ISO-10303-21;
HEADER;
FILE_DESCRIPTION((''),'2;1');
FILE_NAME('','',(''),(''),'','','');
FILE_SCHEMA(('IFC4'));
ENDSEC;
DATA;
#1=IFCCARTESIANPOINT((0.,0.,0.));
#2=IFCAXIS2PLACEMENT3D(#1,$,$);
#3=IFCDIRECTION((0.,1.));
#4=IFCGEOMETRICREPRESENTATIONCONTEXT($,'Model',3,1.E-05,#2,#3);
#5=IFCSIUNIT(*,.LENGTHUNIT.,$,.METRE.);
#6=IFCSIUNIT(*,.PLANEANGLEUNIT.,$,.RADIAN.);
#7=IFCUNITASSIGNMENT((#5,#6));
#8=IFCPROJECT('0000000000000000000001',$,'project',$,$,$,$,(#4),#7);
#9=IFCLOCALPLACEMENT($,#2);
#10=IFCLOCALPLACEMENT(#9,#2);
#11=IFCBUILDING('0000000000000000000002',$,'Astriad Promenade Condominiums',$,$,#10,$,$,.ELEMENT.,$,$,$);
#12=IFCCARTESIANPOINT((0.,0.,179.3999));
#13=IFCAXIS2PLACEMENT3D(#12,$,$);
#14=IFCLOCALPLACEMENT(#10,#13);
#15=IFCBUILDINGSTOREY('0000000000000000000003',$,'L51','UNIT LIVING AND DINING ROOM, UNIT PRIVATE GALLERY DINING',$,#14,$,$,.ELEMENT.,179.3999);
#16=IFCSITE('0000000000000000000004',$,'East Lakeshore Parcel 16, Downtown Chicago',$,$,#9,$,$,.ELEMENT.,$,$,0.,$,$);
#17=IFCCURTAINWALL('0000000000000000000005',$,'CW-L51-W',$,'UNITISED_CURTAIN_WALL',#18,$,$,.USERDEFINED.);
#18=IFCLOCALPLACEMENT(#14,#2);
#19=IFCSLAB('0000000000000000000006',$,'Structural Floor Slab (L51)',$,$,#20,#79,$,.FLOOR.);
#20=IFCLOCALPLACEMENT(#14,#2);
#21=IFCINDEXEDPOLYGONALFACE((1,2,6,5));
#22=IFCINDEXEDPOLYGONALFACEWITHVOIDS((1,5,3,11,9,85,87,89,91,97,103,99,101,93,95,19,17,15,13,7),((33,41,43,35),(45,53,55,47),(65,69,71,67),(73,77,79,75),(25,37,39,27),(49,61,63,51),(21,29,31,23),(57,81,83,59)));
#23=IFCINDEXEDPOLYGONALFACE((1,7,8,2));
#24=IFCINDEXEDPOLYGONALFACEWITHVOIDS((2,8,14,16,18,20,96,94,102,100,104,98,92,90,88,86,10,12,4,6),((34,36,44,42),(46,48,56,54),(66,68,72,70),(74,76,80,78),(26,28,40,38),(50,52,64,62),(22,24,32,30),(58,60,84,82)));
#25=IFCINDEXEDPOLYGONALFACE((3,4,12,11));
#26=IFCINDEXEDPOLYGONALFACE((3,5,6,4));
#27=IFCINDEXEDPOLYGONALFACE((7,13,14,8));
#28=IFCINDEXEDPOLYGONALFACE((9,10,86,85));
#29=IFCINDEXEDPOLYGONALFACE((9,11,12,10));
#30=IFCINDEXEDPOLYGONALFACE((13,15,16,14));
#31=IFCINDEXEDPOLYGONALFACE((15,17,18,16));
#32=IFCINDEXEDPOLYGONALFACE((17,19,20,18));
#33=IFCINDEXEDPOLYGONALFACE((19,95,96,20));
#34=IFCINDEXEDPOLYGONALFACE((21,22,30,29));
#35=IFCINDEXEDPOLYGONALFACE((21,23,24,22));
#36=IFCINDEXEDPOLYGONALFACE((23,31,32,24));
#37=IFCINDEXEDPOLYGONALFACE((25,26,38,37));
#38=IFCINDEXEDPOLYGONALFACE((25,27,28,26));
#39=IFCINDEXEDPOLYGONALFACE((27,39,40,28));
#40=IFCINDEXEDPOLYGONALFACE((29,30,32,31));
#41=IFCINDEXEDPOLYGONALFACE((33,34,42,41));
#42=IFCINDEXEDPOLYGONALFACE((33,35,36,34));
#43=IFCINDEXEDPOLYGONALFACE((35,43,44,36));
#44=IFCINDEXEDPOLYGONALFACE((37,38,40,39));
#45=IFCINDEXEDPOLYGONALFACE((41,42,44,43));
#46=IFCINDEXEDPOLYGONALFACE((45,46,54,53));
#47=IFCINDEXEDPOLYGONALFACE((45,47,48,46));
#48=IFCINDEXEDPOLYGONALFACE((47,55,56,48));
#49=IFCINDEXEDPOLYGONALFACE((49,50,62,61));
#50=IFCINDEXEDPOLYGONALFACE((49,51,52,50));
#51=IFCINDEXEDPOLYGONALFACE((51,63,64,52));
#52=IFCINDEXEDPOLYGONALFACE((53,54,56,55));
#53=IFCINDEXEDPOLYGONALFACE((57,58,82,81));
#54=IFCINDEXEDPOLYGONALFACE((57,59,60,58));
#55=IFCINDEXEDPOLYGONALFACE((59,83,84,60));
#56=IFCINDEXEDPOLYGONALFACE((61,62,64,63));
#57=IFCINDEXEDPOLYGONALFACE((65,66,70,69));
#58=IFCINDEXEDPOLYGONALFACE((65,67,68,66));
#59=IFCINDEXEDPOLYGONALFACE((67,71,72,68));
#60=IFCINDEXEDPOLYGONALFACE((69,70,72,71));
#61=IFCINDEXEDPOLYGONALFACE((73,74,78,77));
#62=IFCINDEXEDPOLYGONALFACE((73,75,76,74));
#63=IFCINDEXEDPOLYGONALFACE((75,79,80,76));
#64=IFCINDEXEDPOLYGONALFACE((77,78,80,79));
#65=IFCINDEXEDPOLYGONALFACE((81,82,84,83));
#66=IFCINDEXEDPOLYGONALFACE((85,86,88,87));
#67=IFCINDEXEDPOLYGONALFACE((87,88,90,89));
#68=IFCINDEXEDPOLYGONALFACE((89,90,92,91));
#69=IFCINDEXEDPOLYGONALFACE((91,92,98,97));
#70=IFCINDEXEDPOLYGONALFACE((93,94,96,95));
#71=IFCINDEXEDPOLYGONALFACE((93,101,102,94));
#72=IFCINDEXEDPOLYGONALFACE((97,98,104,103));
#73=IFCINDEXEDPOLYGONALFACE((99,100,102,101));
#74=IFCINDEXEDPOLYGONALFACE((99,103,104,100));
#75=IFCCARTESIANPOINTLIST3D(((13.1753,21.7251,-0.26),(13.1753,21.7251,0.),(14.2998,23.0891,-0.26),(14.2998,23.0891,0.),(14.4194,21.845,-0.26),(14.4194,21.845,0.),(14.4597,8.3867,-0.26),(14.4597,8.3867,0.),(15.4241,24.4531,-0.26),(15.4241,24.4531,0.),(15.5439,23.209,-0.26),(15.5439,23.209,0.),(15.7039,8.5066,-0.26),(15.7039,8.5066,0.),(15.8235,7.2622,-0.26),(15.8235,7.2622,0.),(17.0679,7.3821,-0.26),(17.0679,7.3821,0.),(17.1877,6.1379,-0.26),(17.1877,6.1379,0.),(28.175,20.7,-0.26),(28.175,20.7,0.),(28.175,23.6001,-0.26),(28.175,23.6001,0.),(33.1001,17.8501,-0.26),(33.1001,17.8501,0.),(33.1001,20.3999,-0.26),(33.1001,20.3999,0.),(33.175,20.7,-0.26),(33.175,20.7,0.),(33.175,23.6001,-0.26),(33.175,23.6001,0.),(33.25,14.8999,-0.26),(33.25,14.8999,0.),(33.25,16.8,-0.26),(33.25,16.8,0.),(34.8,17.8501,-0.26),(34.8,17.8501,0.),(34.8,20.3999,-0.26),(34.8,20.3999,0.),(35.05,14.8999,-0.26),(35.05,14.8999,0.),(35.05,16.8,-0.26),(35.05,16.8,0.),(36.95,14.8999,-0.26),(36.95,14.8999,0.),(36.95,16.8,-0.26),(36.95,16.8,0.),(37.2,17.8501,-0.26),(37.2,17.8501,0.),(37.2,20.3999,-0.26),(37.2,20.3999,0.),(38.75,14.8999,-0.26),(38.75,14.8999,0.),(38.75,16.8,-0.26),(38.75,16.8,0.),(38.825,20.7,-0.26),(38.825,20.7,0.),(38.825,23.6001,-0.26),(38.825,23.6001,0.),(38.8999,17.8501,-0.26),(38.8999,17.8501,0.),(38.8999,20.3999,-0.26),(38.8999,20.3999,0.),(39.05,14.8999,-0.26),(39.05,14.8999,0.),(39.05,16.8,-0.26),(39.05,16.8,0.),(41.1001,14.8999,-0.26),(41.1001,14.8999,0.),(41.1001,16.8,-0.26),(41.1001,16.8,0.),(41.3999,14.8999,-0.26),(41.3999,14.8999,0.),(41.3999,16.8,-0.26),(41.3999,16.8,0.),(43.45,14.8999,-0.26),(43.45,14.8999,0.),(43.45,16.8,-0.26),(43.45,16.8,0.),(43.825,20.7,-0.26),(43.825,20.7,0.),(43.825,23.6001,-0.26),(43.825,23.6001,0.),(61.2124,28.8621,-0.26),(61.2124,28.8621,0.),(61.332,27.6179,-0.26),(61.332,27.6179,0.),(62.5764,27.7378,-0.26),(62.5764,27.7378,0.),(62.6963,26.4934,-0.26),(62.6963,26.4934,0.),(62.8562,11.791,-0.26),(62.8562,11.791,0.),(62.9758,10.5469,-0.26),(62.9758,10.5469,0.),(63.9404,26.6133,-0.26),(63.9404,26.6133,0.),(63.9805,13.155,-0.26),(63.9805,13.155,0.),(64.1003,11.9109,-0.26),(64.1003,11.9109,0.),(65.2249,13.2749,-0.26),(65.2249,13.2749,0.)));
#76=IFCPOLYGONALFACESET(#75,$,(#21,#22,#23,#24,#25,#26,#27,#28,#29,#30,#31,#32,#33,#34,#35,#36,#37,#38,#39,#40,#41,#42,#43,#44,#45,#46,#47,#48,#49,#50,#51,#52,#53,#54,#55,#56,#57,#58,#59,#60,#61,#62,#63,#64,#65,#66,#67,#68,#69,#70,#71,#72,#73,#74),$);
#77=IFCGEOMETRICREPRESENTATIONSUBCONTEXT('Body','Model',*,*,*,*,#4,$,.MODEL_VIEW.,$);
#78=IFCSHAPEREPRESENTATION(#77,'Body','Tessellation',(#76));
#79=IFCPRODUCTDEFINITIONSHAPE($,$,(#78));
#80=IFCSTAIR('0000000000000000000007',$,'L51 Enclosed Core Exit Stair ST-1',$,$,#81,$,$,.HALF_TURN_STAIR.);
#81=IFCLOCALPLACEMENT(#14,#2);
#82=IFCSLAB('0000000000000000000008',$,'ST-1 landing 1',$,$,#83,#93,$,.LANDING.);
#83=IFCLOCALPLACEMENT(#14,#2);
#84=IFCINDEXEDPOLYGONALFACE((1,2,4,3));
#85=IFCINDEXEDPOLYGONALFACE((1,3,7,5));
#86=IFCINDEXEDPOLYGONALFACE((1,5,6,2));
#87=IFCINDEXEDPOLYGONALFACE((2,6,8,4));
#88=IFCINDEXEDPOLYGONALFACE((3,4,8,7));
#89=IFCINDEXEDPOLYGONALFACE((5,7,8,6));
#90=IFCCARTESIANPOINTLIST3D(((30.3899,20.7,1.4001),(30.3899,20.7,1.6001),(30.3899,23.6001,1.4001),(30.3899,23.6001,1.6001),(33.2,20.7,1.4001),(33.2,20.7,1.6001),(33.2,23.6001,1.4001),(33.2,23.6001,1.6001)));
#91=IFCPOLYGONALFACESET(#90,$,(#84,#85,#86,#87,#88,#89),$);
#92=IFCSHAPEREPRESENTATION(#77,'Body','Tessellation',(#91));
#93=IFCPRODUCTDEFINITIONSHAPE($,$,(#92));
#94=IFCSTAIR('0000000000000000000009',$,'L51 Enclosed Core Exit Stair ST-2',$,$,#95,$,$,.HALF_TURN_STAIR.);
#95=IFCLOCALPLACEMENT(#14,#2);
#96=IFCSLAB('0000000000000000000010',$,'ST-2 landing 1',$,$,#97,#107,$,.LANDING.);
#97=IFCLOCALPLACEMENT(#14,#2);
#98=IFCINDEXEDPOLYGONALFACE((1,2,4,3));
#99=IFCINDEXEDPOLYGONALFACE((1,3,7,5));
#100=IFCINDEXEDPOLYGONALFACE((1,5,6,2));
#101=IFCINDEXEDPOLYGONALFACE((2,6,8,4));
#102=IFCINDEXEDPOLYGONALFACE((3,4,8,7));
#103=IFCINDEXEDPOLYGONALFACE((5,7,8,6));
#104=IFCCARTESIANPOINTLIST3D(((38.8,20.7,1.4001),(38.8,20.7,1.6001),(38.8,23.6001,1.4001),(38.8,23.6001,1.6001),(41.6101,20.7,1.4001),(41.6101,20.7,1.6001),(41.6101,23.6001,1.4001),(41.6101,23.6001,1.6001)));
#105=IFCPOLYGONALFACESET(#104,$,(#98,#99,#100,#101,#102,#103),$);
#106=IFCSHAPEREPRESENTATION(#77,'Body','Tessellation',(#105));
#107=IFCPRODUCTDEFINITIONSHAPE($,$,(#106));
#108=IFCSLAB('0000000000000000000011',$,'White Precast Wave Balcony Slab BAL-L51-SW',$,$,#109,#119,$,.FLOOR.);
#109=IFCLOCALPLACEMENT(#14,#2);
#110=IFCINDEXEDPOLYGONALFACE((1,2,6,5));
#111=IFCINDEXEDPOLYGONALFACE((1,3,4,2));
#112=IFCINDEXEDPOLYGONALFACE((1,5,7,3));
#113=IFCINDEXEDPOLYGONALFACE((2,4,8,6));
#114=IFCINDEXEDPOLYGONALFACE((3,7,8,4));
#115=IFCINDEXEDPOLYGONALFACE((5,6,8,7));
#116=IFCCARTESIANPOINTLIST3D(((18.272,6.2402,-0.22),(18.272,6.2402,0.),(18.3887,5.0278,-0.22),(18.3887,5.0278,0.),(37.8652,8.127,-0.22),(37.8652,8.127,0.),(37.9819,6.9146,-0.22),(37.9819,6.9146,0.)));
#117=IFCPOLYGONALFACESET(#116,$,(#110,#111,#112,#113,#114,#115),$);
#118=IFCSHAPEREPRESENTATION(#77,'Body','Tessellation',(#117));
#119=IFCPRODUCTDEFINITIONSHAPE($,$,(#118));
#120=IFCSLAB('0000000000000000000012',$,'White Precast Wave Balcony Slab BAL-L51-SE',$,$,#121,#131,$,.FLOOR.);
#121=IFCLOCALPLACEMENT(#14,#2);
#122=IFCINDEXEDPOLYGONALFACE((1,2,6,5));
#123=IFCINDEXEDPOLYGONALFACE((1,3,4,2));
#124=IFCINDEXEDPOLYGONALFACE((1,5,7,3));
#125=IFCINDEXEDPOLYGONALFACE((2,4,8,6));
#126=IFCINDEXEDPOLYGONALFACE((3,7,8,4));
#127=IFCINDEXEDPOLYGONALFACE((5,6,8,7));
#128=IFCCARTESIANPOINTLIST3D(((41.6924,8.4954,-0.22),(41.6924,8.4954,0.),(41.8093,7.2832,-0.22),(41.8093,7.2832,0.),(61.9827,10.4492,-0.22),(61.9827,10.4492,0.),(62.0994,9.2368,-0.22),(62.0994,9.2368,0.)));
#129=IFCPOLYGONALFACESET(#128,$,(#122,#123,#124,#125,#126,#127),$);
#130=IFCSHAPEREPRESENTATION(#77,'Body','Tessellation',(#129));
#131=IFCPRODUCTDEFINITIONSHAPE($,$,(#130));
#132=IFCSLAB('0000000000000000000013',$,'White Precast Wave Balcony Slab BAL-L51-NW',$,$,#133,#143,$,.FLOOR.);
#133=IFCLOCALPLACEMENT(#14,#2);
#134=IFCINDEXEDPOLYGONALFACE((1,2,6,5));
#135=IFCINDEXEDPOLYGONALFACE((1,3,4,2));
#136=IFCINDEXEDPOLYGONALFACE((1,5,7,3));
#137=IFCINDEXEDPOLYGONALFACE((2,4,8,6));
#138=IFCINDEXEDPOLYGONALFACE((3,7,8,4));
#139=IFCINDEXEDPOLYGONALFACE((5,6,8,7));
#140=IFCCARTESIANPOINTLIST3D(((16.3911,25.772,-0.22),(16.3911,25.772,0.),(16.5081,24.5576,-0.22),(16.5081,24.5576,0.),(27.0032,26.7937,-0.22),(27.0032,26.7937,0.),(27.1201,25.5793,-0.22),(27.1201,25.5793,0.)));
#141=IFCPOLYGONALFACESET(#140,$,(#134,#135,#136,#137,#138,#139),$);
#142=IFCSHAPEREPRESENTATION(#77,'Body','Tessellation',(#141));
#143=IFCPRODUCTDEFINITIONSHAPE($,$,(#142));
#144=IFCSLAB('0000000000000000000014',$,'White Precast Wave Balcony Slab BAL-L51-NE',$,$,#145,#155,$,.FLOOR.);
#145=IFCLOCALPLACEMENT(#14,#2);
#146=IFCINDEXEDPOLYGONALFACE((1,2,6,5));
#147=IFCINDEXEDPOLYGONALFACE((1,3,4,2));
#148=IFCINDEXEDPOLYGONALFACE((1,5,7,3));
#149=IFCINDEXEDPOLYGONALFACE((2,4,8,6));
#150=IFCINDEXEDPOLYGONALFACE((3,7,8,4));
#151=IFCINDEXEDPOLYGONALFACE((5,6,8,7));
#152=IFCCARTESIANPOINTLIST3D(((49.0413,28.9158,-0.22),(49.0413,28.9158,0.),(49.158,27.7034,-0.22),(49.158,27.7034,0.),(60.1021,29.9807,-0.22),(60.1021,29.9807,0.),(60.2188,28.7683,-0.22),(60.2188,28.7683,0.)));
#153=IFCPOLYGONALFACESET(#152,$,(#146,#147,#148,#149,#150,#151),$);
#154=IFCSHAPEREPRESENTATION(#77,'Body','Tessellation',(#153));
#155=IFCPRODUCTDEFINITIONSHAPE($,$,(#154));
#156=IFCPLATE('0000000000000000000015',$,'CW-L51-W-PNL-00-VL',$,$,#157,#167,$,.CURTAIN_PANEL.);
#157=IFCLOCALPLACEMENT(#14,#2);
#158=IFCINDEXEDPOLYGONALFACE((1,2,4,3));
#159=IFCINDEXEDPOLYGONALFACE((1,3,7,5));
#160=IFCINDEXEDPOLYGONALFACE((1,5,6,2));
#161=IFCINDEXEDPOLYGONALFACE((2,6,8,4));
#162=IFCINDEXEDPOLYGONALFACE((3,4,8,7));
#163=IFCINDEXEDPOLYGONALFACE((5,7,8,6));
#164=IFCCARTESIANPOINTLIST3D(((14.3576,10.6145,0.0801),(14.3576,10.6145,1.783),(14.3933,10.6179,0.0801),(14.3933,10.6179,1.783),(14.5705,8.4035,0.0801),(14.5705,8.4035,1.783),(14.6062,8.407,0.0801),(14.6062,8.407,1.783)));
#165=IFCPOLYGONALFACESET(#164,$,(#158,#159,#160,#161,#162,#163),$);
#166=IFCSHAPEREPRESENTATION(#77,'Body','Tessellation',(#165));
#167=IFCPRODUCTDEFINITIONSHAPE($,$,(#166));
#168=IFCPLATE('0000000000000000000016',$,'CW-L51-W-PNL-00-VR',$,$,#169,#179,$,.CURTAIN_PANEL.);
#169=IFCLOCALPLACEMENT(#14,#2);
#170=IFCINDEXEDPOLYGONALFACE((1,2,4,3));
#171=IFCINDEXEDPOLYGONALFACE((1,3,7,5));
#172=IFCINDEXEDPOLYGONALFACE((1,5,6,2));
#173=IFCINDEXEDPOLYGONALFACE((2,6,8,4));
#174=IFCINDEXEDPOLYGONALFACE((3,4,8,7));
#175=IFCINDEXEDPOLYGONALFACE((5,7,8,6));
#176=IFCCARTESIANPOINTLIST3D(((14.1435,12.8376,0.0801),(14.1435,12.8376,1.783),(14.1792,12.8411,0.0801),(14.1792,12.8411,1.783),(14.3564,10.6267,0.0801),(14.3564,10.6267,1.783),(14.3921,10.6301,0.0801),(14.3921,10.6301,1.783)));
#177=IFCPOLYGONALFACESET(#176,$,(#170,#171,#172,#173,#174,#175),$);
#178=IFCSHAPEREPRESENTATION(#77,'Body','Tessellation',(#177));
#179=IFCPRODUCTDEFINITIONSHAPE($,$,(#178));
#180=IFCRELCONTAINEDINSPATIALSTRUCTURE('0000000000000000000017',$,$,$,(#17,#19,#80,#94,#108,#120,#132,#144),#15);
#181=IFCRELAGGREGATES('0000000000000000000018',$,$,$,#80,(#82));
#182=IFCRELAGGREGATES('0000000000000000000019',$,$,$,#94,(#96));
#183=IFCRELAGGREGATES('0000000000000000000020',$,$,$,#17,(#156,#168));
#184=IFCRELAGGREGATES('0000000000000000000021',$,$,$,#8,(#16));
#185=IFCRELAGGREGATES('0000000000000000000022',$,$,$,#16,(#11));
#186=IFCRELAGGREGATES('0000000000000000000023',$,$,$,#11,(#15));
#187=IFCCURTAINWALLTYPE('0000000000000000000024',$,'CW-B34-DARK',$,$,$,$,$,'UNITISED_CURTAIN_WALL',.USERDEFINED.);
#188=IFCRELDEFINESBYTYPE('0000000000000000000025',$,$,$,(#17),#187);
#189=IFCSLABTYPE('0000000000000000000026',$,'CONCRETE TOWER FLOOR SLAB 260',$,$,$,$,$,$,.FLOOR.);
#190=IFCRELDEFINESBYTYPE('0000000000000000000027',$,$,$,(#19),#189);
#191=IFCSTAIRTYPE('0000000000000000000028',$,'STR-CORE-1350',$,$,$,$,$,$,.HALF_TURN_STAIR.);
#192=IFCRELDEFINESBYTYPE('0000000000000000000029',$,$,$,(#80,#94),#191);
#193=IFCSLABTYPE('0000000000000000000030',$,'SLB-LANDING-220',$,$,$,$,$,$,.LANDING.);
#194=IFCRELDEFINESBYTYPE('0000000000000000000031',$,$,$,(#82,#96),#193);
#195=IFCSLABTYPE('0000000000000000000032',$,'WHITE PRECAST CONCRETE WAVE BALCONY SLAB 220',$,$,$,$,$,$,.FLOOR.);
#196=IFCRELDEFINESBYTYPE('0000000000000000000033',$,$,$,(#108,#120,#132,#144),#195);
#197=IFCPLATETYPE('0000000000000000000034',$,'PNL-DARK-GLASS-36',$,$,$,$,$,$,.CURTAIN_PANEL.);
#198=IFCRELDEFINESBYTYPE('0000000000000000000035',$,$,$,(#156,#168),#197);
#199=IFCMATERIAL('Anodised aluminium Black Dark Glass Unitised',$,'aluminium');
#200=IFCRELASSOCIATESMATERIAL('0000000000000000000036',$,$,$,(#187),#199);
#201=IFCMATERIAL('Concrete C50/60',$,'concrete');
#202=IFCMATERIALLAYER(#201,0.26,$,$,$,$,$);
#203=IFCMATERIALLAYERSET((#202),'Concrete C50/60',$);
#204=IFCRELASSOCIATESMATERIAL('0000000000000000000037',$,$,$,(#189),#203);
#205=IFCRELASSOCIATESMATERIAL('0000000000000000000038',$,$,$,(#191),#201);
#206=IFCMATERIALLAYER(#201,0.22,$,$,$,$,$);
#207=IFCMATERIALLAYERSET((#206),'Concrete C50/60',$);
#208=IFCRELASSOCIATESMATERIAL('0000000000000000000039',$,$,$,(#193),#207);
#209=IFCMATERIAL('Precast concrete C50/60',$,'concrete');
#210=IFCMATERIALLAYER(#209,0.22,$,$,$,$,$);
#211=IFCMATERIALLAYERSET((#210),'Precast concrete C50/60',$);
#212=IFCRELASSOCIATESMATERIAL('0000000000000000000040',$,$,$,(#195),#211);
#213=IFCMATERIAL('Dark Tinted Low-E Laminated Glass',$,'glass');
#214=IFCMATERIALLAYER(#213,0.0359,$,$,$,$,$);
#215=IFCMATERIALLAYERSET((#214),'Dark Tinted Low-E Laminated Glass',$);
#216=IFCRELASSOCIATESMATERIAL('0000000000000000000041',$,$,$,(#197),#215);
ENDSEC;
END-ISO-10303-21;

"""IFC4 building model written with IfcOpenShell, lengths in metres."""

from ifc_helpers import new_model, si_unit, direction, frame, origin, origin_2d, place, context, subcontext, project, spatial, polyline, rectangle, outline, extrude, source, transform, mapped, material, layer, layer_set, type_object, element, aggregate, save


model = new_model("IFC4")

# Units and contexts
model_context = context("Model", 3, precision=1e-05, world=origin(), true_north=direction((0.0, 1.0)))
body_context = subcontext(model_context, "Body", "Model", "MODEL_VIEW")
ifc_project = project(units=[si_unit("LENGTHUNIT", "METRE"), si_unit("PLANEANGLEUNIT", "RADIAN")], contexts=[model_context])

# Site, building, storey
site_placement = place(None, origin())
site = spatial("IfcSite", under=ifc_project, at=site_placement, Name="East Lakeshore Parcel 16, Downtown Chicago", CompositionType="ELEMENT", RefElevation=0.0)
building_placement = place(site_placement, origin())
building = spatial("IfcBuilding", under=site, at=building_placement, Name="Astriad Promenade Condominiums", CompositionType="ELEMENT")
storey_placement = place(building_placement, frame((0.0, 0.0, 179.3999)))
storey = spatial("IfcBuildingStorey", under=building, at=storey_placement, Name="L51", Description="UNIT LIVING AND DINING ROOM, UNIT PRIVATE GALLERY DINING", CompositionType="ELEMENT", Elevation=179.3999)

# Shared definitions
ifc_material_1 = material(Name="Concrete C50/60", Category="concrete")

# Curtain wall
ifc_material_2 = material(Name="Anodised aluminium Black Dark Glass Unitised", Category="aluminium")
curtain_wall_type = type_object("IfcCurtainWallType", Name="CW-B34-DARK", ElementType="UNITISED_CURTAIN_WALL", PredefinedType="USERDEFINED", material=ifc_material_2)
curtain_wall_placement = place(storey_placement, origin())
curtain_wall = element("IfcCurtainWall", 1, at=curtain_wall_placement, inside=storey, type_object=curtain_wall_type, Name="CW-L51-W", ObjectType="UNITISED_CURTAIN_WALL", PredefinedType="USERDEFINED")

# Slab
ifc_layer_1 = layer(ifc_material_1, 0.26)
ifc_layer_set_1 = layer_set([ifc_layer_1], Name="Concrete C50/60")
slab_type_1 = type_object("IfcSlabType", Name="CONCRETE TOWER FLOOR SLAB 260", PredefinedType="FLOOR", material=ifc_layer_set_1)
slab_1_placement = place(storey_placement, frame((0.0, 0.0, -0.26)))
element("IfcSlab", 2, at=slab_1_placement, inside=storey, type_object=slab_type_1, Name="Structural Floor Slab (L51)", PredefinedType="FLOOR", context=body_context, shape_type="SweptSolid", body=[
    extrude(outline(polyline([(17.1877, 6.1379), (62.9758, 10.5469), (62.8562, 11.791), (64.1003, 11.9109), (63.9805, 13.155), (65.2249, 13.2749), (63.9404, 26.6133), (62.6963, 26.4934), (62.5764, 27.7378), (61.332, 27.6179), (61.2124, 28.8621), (15.4241, 24.4531), (15.5439, 23.209), (14.2998, 23.0891), (14.4194, 21.845), (13.1753, 21.7251), (14.4597, 8.3867), (15.7039, 8.5066), (15.8235, 7.2622), (17.0679, 7.3821), (17.1877, 6.1379)]), holes=[polyline([(28.175, 20.7), (33.175, 20.7), (33.175, 23.6001), (28.175, 23.6001), (28.175, 20.7)]), polyline([(38.825, 20.7), (43.825, 20.7), (43.825, 23.6001), (38.825, 23.6001), (38.825, 20.7)]), polyline([(33.1001, 17.8501), (34.8, 17.8501), (34.8, 20.3999), (33.1001, 20.3999), (33.1001, 17.8501)]), polyline([(37.2, 17.8501), (38.8999, 17.8501), (38.8999, 20.3999), (37.2, 20.3999), (37.2, 17.8501)]), polyline([(33.25, 14.8999), (35.05, 14.8999), (35.05, 16.8), (33.25, 16.8), (33.25, 14.8999)]), polyline([(36.95, 14.8999), (38.75, 14.8999), (38.75, 16.8), (36.95, 16.8), (36.95, 14.8999)]), polyline([(39.05, 14.8999), (41.1001, 14.8999), (41.1001, 16.8), (39.05, 16.8), (39.05, 14.8999)]), polyline([(41.3999, 14.8999), (43.45, 14.8999), (43.45, 16.8), (41.3999, 16.8), (41.3999, 14.8999)])]), origin(), (0.0, 0.0, 1.0), 0.26),
])

# Stairs, slabs
stair_type = type_object("IfcStairType", Name="STR-CORE-1350", PredefinedType="HALF_TURN_STAIR", material=ifc_material_1)
stair_1_placement = place(storey_placement, origin())
stair_1 = element("IfcStair", 3, at=stair_1_placement, inside=storey, type_object=stair_type, Name="L51 Enclosed Core Exit Stair ST-1", PredefinedType="HALF_TURN_STAIR")
ifc_layer_2 = layer(ifc_material_1, 0.22)
ifc_layer_set_2 = layer_set([ifc_layer_2], Name="Concrete C50/60")
slab_type_2 = type_object("IfcSlabType", Name="SLB-LANDING-220", PredefinedType="LANDING", material=ifc_layer_set_2)
slab_2_placement = place(storey_placement, frame((0.0, 0.0, 1.4001)))
slab_2 = element("IfcSlab", 4, at=slab_2_placement, type_object=slab_type_2, Name="ST-1 landing 1", PredefinedType="LANDING", context=body_context, shape_type="SweptSolid", body=[
    extrude(outline(polyline([(30.3899, 20.7), (33.2, 20.7), (33.2, 23.6001), (30.3899, 23.6001), (30.3899, 20.7)])), origin(), (0.0, 0.0, 1.0), 0.2),
])
aggregate(stair_1, [slab_2])
stair_2_placement = place(storey_placement, origin())
stair_2 = element("IfcStair", 5, at=stair_2_placement, inside=storey, type_object=stair_type, Name="L51 Enclosed Core Exit Stair ST-2", PredefinedType="HALF_TURN_STAIR")
slab_3_placement = place(storey_placement, frame((0.0, 0.0, 1.4001)))
slab_3 = element("IfcSlab", 6, at=slab_3_placement, type_object=slab_type_2, Name="ST-2 landing 1", PredefinedType="LANDING", context=body_context, shape_type="SweptSolid", body=[
    extrude(outline(polyline([(41.6101, 23.6001), (38.8, 23.6001), (38.8, 20.7), (41.6101, 20.7), (41.6101, 23.6001)])), origin(), (0.0, 0.0, 1.0), 0.2),
])
aggregate(stair_2, [slab_3])

# Slabs
ifc_material_3 = material(Name="Precast concrete C50/60", Category="concrete")
ifc_layer_3 = layer(ifc_material_3, 0.22)
ifc_layer_set_3 = layer_set([ifc_layer_3], Name="Precast concrete C50/60")
slab_type_3 = type_object("IfcSlabType", Name="WHITE PRECAST CONCRETE WAVE BALCONY SLAB 220", PredefinedType="FLOOR", material=ifc_layer_set_3)
slab_4_placement = place(storey_placement, frame((0.0, 0.0, -0.22)))
element("IfcSlab", 7, at=slab_4_placement, inside=storey, type_object=slab_type_3, Name="White Precast Wave Balcony Slab BAL-L51-SW", PredefinedType="FLOOR", context=body_context, shape_type="SweptSolid", body=[
    extrude(outline(polyline([(37.9819, 6.9146), (18.3887, 5.0278), (18.272, 6.2402), (37.8652, 8.127), (37.9819, 6.9146)])), origin(), (0.0, 0.0, 1.0), 0.22),
])
slab_5_placement = place(storey_placement, frame((0.0, 0.0, -0.22)))
element("IfcSlab", 8, at=slab_5_placement, inside=storey, type_object=slab_type_3, Name="White Precast Wave Balcony Slab BAL-L51-SE", PredefinedType="FLOOR", context=body_context, shape_type="SweptSolid", body=[
    extrude(outline(polyline([(62.0994, 9.2368), (41.8093, 7.2832), (41.6924, 8.4954), (61.9827, 10.4492), (62.0994, 9.2368)])), origin(), (0.0, 0.0, 1.0), 0.22),
])
slab_6_placement = place(storey_placement, frame((0.0, 0.0, -0.22)))
element("IfcSlab", 9, at=slab_6_placement, inside=storey, type_object=slab_type_3, Name="White Precast Wave Balcony Slab BAL-L51-NW", PredefinedType="FLOOR", context=body_context, shape_type="SweptSolid", body=[
    extrude(outline(polyline([(16.5081, 24.5576), (27.1201, 25.5793), (27.0032, 26.7937), (16.3911, 25.772), (16.5081, 24.5576)])), origin(), (0.0, 0.0, 1.0), 0.22),
])
slab_7_placement = place(storey_placement, frame((0.0, 0.0, -0.22)))
element("IfcSlab", 10, at=slab_7_placement, inside=storey, type_object=slab_type_3, Name="White Precast Wave Balcony Slab BAL-L51-NE", PredefinedType="FLOOR", context=body_context, shape_type="SweptSolid", body=[
    extrude(outline(polyline([(49.0413, 28.9158), (60.1021, 29.9807), (60.2188, 28.7683), (49.158, 27.7034), (49.0413, 28.9158)])), origin(), (0.0, 0.0, 1.0), 0.22),
])

# Plates
ifc_material_4 = material(Name="Dark Tinted Low-E Laminated Glass", Category="glass")
ifc_layer_4 = layer(ifc_material_4, 0.0359)
ifc_layer_set_4 = layer_set([ifc_layer_4], Name="Dark Tinted Low-E Laminated Glass")
plate_type = type_object("IfcPlateType", Name="PNL-DARK-GLASS-36", PredefinedType="CURTAIN_PANEL", material=ifc_layer_set_4)
shared_shape_1 = source(origin(), body_context, "Body", "SweptSolid", [
    extrude(rectangle(XDim=2.2212, YDim=0.0359, at=origin_2d()), origin(), (0.0, 0.0, 1.0), 1.7029),
])
plate_1_placement = place(storey_placement, frame((14.4819, 9.5107, 0.0801), z_axis=(0.0, 0.0, 1.0), x_axis=(-0.095846, 0.995396, 0.0)))
plate_1 = element("IfcPlate", 11, at=plate_1_placement, type_object=plate_type, Name="CW-L51-W-PNL-00-VL", PredefinedType="CURTAIN_PANEL", context=body_context, shape_type="MappedRepresentation", body=[
    mapped(shared_shape_1, transform((0.0, 0.0, 0.0), scale=1.0)),
])
plate_2_placement = place(storey_placement, frame((14.2678, 11.7339, 0.0801), z_axis=(0.0, 0.0, 1.0), x_axis=(-0.095846, 0.995396, 0.0)))
plate_2 = element("IfcPlate", 12, at=plate_2_placement, type_object=plate_type, Name="CW-L51-W-PNL-00-VR", PredefinedType="CURTAIN_PANEL", context=body_context, shape_type="MappedRepresentation", body=[
    mapped(shared_shape_1, transform((0.0, 0.0, 0.0), scale=1.0)),
])
aggregate(curtain_wall, [plate_1, plate_2])

save(model, "model.ifc")
